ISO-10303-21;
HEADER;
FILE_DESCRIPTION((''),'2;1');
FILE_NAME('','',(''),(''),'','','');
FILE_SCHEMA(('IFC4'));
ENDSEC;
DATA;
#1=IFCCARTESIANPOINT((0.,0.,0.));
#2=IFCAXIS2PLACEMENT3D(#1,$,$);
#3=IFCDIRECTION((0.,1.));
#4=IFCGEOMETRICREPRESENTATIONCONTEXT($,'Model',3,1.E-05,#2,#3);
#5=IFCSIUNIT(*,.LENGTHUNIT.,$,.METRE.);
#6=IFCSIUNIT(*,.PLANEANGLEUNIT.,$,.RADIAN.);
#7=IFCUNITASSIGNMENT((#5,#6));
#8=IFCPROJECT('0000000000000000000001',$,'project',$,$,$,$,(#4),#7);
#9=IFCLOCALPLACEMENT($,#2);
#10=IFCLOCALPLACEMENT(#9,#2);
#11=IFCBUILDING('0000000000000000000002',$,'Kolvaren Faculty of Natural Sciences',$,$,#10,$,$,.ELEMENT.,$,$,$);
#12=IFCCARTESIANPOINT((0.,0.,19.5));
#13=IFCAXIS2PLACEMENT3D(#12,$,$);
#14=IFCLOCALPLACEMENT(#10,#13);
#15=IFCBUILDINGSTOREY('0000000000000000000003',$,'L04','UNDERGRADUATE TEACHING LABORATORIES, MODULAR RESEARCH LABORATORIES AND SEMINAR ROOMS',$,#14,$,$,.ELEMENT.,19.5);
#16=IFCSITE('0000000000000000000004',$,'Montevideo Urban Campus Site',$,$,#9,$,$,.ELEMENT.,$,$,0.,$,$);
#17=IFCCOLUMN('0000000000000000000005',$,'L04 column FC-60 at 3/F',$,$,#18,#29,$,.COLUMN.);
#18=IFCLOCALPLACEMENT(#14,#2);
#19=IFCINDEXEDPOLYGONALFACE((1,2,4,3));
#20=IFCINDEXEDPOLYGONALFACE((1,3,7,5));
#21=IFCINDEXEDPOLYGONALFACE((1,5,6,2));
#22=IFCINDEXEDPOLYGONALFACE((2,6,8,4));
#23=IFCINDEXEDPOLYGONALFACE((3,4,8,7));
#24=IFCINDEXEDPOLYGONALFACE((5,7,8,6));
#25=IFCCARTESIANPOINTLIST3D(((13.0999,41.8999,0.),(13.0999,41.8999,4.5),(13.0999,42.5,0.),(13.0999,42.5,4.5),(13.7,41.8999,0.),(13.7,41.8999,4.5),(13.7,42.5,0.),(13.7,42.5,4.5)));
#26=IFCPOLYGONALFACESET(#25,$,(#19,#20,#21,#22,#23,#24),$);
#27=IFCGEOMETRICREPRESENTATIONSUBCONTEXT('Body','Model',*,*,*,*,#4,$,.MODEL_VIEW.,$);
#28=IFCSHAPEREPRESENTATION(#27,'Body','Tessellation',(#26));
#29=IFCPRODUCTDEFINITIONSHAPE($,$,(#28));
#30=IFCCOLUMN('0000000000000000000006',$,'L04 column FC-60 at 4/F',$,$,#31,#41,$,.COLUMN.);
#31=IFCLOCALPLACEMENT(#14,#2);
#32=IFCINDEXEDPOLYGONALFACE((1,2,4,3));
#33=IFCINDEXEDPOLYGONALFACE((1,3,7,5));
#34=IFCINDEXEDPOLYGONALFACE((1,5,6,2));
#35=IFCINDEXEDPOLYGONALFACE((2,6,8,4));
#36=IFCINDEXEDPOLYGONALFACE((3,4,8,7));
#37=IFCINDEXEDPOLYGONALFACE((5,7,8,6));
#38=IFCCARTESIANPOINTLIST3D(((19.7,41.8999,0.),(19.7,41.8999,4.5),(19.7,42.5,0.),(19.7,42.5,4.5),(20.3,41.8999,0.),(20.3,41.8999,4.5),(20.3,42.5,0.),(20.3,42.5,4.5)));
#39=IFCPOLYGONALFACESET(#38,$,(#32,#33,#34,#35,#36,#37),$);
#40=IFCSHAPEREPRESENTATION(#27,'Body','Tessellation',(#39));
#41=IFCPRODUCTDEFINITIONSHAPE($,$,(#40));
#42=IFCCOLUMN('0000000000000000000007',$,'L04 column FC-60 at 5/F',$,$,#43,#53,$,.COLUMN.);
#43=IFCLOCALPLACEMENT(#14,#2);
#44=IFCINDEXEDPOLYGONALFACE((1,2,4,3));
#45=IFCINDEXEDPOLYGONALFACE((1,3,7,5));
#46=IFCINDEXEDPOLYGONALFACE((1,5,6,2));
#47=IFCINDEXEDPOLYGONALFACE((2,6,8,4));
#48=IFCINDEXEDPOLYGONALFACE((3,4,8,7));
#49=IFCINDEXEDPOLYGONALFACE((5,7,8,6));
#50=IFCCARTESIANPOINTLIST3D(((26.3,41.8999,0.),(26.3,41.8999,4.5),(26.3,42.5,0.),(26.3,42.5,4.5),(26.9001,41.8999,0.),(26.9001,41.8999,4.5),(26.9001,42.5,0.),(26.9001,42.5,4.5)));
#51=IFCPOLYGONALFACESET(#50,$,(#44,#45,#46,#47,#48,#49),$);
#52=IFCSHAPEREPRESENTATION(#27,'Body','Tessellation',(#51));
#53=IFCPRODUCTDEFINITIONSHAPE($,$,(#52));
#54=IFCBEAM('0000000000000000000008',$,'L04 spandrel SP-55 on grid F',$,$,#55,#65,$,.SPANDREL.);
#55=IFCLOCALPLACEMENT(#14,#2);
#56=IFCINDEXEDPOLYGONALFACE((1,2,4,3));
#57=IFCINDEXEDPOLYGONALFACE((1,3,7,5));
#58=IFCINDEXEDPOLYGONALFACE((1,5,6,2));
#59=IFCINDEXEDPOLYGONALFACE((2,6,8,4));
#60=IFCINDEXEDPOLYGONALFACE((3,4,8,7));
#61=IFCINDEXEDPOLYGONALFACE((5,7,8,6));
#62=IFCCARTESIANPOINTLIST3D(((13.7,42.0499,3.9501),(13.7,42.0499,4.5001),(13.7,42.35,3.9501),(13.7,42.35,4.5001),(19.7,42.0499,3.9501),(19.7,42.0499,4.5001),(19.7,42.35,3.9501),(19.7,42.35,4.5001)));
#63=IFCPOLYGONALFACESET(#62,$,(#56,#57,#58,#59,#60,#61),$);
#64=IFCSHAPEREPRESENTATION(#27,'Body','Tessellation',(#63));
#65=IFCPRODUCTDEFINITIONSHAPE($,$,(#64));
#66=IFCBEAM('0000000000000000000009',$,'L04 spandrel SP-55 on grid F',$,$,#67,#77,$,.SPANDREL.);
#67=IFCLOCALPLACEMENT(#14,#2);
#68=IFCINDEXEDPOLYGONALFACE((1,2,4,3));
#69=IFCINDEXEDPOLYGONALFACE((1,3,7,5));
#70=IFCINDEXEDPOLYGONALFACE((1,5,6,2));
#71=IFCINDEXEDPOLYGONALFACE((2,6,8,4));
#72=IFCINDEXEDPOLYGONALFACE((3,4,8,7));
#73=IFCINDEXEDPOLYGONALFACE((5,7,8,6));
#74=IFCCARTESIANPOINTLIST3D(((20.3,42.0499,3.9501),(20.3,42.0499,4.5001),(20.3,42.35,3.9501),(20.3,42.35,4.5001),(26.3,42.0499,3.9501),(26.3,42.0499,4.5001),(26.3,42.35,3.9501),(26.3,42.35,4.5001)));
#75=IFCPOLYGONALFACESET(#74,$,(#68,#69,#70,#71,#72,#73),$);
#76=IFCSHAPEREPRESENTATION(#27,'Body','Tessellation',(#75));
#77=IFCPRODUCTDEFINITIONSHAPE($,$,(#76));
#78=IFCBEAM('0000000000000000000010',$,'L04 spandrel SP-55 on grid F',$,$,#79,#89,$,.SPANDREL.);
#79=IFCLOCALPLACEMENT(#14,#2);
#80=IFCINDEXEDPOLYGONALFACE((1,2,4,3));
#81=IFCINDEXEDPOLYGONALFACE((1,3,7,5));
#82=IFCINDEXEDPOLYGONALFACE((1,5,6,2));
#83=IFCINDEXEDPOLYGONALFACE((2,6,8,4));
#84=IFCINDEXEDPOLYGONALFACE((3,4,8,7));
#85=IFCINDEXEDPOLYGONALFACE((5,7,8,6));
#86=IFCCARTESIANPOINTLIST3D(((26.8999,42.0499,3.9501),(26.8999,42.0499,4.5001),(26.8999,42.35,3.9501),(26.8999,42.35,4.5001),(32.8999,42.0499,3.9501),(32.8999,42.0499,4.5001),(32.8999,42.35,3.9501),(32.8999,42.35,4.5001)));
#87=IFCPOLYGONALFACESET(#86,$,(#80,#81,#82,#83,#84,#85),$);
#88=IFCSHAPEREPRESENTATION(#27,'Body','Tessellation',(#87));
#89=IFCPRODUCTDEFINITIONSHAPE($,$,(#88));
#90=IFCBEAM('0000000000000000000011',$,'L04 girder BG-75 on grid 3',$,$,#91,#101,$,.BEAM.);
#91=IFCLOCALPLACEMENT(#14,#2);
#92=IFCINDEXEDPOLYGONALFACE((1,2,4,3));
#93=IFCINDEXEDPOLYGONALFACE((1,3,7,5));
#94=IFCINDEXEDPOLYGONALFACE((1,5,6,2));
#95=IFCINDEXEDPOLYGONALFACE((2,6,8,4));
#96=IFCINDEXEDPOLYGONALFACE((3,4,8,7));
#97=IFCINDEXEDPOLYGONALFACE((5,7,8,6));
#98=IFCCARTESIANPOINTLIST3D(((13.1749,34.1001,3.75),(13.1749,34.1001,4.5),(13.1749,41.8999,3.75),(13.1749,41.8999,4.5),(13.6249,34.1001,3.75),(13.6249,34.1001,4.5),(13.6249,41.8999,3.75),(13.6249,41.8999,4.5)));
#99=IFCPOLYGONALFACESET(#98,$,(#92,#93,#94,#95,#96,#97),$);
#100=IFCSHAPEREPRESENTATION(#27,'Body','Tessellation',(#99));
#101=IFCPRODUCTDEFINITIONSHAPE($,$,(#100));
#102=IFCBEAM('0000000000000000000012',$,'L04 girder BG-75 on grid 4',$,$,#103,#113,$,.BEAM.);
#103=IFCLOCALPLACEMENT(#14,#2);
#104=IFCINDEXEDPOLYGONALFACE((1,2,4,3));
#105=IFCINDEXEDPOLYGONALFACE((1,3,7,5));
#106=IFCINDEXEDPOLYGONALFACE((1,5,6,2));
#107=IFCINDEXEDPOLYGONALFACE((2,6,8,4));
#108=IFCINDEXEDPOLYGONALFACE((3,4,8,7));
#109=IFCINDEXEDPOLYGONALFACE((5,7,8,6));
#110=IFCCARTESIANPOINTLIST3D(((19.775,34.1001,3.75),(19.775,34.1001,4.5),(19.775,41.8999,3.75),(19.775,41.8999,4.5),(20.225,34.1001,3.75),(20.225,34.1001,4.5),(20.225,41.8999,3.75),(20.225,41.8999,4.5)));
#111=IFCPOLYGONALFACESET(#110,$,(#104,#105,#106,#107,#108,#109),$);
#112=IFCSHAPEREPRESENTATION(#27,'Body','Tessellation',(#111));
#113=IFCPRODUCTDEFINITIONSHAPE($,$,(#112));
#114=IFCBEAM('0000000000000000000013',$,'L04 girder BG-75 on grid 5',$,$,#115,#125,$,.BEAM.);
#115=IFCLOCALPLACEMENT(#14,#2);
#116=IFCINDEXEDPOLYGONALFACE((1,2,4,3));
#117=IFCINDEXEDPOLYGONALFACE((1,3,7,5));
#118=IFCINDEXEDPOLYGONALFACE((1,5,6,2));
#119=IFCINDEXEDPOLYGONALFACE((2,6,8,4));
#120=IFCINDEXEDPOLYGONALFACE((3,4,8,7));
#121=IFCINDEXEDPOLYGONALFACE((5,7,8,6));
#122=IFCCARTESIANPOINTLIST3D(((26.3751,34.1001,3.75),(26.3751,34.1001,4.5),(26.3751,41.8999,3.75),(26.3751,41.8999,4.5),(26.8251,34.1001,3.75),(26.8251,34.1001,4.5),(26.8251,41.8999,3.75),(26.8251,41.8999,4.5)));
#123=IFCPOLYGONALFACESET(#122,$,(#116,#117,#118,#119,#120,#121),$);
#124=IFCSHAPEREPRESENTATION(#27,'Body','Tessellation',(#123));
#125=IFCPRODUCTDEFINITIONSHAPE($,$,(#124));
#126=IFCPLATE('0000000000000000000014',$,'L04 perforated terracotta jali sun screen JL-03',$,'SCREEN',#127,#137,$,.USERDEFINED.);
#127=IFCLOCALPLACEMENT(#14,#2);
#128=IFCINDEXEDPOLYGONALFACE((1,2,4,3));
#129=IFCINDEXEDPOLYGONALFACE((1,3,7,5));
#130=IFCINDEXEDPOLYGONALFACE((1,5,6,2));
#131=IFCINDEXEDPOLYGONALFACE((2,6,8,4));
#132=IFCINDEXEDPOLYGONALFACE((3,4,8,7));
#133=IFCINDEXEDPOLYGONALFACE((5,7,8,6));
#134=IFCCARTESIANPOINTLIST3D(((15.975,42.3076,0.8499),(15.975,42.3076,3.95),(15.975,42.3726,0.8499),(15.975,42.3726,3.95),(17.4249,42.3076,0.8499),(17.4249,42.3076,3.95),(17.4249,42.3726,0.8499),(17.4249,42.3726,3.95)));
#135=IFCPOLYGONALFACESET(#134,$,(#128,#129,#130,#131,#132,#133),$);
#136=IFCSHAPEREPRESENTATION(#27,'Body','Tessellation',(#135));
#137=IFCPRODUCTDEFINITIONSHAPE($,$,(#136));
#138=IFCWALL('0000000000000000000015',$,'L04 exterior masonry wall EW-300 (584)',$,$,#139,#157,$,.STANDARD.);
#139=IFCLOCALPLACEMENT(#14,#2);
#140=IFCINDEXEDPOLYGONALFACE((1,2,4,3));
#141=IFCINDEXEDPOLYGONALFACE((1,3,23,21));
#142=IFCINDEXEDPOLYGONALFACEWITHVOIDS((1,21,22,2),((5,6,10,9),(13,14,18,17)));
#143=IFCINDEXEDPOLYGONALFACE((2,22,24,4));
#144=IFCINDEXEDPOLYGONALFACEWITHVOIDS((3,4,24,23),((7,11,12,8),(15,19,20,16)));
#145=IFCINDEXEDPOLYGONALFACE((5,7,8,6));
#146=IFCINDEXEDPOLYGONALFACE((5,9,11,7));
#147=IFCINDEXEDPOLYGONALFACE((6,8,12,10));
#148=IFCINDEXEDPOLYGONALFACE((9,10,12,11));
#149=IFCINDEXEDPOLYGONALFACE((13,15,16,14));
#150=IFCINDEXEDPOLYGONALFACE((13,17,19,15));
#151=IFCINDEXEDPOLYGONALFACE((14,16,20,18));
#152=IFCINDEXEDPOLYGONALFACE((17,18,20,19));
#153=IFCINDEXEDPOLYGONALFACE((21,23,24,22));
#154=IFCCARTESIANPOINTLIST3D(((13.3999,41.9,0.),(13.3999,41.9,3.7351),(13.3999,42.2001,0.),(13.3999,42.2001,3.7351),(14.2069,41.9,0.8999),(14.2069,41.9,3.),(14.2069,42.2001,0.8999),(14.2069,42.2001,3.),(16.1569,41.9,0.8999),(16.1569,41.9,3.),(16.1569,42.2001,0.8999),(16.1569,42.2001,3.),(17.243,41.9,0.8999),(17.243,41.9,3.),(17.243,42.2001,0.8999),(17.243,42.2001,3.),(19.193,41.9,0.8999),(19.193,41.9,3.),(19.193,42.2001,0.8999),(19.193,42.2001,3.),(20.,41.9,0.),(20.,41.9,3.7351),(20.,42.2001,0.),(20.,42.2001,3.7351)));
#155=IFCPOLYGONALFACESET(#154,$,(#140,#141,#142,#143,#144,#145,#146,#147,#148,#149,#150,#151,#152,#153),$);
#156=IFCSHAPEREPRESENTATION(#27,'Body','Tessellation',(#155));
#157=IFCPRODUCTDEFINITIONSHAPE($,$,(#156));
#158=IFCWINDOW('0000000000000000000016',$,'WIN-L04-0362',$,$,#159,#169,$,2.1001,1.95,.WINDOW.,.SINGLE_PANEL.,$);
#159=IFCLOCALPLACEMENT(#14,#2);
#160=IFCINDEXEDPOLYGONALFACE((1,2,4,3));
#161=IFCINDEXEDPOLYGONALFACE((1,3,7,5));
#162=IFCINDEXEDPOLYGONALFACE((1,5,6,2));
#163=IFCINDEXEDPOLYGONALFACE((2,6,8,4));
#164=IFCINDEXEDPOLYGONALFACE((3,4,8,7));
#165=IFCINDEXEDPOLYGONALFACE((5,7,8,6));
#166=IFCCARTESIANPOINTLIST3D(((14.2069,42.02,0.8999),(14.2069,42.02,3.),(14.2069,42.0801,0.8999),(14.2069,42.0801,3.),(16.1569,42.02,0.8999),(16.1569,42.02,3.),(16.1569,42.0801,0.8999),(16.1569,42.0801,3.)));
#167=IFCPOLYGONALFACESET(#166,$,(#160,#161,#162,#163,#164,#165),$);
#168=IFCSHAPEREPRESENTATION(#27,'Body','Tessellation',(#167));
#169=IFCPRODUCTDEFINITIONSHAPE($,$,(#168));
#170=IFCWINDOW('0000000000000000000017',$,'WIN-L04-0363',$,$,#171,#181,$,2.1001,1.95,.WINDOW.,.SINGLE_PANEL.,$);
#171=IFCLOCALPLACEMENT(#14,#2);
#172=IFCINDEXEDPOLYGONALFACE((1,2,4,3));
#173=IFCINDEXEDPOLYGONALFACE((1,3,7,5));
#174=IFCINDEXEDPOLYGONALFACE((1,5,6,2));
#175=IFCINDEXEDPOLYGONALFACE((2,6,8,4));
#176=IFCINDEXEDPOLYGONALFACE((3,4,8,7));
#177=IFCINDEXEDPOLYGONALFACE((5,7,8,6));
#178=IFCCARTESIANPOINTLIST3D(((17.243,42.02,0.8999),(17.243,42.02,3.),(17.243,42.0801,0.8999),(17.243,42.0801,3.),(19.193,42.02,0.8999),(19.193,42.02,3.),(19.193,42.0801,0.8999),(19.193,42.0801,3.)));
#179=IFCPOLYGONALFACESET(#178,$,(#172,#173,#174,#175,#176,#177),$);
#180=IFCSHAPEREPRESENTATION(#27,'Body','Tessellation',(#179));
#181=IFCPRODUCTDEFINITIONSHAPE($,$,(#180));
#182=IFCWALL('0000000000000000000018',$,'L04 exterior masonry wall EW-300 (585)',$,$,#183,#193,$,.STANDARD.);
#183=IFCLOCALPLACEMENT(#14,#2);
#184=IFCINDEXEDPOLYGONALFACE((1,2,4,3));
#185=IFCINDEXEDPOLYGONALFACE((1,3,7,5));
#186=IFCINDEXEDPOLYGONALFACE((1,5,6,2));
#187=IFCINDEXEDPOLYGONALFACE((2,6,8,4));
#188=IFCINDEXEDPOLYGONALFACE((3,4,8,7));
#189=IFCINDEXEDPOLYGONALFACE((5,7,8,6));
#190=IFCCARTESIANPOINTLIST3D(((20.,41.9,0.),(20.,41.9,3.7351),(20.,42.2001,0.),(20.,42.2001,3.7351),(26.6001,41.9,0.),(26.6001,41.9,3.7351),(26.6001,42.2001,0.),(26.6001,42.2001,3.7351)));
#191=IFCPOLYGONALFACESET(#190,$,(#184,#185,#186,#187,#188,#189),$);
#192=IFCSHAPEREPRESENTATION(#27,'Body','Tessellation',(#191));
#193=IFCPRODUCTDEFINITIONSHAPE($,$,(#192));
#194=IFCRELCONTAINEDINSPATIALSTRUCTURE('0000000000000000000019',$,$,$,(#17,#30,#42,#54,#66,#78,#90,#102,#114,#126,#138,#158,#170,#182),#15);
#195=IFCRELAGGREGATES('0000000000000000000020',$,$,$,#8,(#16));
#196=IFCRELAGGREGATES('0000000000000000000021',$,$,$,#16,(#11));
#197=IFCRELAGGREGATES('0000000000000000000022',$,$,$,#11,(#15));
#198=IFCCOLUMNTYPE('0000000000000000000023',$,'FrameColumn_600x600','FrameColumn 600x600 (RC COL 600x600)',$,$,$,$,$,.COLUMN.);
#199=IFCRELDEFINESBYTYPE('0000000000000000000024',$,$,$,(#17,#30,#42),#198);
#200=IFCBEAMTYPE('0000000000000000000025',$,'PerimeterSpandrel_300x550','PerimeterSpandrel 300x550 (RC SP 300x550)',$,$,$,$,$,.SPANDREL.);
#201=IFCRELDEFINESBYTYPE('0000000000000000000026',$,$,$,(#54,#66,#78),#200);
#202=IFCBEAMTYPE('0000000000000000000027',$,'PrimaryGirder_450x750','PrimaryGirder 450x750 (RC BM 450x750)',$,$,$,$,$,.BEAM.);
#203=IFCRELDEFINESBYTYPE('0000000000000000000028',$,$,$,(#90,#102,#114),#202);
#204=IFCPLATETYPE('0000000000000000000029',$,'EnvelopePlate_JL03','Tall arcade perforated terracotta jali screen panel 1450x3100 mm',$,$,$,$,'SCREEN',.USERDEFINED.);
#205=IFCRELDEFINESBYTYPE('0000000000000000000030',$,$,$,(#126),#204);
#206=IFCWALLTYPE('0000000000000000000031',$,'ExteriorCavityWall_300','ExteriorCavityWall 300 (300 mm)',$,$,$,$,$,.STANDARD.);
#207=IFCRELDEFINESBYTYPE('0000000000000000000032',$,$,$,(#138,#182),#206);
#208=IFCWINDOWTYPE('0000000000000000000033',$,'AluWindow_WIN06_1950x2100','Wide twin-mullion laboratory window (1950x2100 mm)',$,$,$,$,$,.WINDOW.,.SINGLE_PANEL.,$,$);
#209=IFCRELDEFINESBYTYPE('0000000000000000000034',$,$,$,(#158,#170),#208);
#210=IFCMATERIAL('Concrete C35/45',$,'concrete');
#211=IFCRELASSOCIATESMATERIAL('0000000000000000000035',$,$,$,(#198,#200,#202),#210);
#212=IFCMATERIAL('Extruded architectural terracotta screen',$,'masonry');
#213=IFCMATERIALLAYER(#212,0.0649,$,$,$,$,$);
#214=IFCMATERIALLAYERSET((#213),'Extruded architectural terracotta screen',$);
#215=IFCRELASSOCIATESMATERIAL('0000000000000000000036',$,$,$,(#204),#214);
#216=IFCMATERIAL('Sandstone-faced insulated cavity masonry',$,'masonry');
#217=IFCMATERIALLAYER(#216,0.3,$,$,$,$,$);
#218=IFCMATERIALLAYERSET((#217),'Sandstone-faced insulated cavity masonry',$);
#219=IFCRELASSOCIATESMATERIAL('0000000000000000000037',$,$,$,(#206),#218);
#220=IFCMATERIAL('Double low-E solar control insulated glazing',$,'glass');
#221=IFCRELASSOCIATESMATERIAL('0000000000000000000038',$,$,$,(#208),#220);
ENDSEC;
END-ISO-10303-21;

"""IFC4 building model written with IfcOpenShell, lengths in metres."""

from ifc_helpers import new_model, si_unit, direction, frame, frame_2d, origin, origin_2d, place, context, subcontext, project, spatial, rectangle, extrude, material, layer, layer_set, material_profile, profile_set, type_object, element, fill, save


model = new_model("IFC4")

# Units and contexts
model_context = context("Model", 3, precision=1e-05, world=origin(), true_north=direction((0.0, 1.0)))
body_context = subcontext(model_context, "Body", "Model", "MODEL_VIEW")
ifc_project = project(units=[si_unit("LENGTHUNIT", "METRE"), si_unit("PLANEANGLEUNIT", "RADIAN")], contexts=[model_context])

# Site, building, storey
site_placement = place(None, origin())
site = spatial("IfcSite", under=ifc_project, at=site_placement, Name="Montevideo Urban Campus Site", CompositionType="ELEMENT", RefElevation=0.0)
building_placement = place(site_placement, origin())
building = spatial("IfcBuilding", under=site, at=building_placement, Name="Kolvaren Faculty of Natural Sciences", CompositionType="ELEMENT")
storey_placement = place(building_placement, frame((0.0, 0.0, 19.5)))
storey = spatial("IfcBuildingStorey", under=building, at=storey_placement, Name="L04", Description="UNDERGRADUATE TEACHING LABORATORIES, MODULAR RESEARCH LABORATORIES AND SEMINAR ROOMS", CompositionType="ELEMENT", Elevation=19.5)

# Columns
ifc_material_1 = material(Name="Concrete C35/45", Category="concrete")
ifc_material_profile_1 = material_profile(ifc_material_1, rectangle(XDim=0.6001, YDim=0.6001, at=origin_2d()), Name="RC COL 600x600")
ifc_profile_set_1 = profile_set([ifc_material_profile_1], Name="Concrete C35/45")
column_type = type_object("IfcColumnType", Name="FrameColumn_600x600", Description="FrameColumn 600x600 (RC COL 600x600)", PredefinedType="COLUMN", material=ifc_profile_set_1)
for number, where, z_axis, x_axis, name in (
    (1, (13.3999, 42.2, 0.0), (0.0, 0.0, 1.0), (1.0, 0.0, 0.0), "L04 column FC-60 at 3/F"),
    (2, (20.0, 42.2, 0.0), (0.0, 0.0, 1.0), (1.0, 0.0, 0.0), "L04 column FC-60 at 4/F"),
    (3, (26.6001, 42.2, 0.0), (0.0, 0.0, 1.0), (1.0, 0.0, 0.0), "L04 column FC-60 at 5/F"),
):
    element("IfcColumn", number, at=place(storey_placement, frame(where, z_axis=z_axis, x_axis=x_axis)), inside=storey, type_object=column_type, Name=name, PredefinedType="COLUMN", context=body_context, shape_type="SweptSolid", body=[
        extrude(rectangle(XDim=0.6001, YDim=0.6001, at=origin_2d()), origin(), (0.0, 0.0, 1.0), 4.5),
    ])

# Beams
ifc_material_profile_2 = material_profile(ifc_material_1, rectangle(XDim=0.3, YDim=0.55, at=origin_2d()), Name="RC SP 300x550")
ifc_profile_set_2 = profile_set([ifc_material_profile_2], Name="Concrete C35/45")
beam_type_1 = type_object("IfcBeamType", Name="PerimeterSpandrel_300x550", Description="PerimeterSpandrel 300x550 (RC SP 300x550)", PredefinedType="SPANDREL", material=ifc_profile_set_2)
for number, where, z_axis, x_axis, name in (
    (4, (13.7, 42.2, 4.2251), (1.0, 0.0, 0.0), (0.0, 1.0, 0.0), "L04 spandrel SP-55 on grid F"),
    (5, (20.3, 42.2, 4.2251), (1.0, 0.0, 0.0), (0.0, 1.0, 0.0), "L04 spandrel SP-55 on grid F"),
    (6, (26.8999, 42.2, 4.2251), (1.0, 0.0, 0.0), (0.0, 1.0, 0.0), "L04 spandrel SP-55 on grid F"),
):
    element("IfcBeam", number, at=place(storey_placement, frame(where, z_axis=z_axis, x_axis=x_axis)), inside=storey, type_object=beam_type_1, Name=name, PredefinedType="SPANDREL", context=body_context, shape_type="SweptSolid", body=[
        extrude(rectangle(XDim=0.3, YDim=0.55, at=origin_2d()), origin(), (0.0, 0.0, 1.0), 6.0),
    ])
ifc_material_profile_3 = material_profile(ifc_material_1, rectangle(XDim=0.45, YDim=0.75, at=origin_2d()), Name="RC BM 450x750")
ifc_profile_set_3 = profile_set([ifc_material_profile_3], Name="Concrete C35/45")
beam_type_2 = type_object("IfcBeamType", Name="PrimaryGirder_450x750", Description="PrimaryGirder 450x750 (RC BM 450x750)", PredefinedType="BEAM", material=ifc_profile_set_3)
for number, where, z_axis, x_axis, name in (
    (7, (13.3999, 34.1001, 4.125), (0.0, 1.0, 0.0), (-1.0, 0.0, 0.0), "L04 girder BG-75 on grid 3"),
    (8, (20.0, 34.1001, 4.125), (0.0, 1.0, 0.0), (-1.0, 0.0, 0.0), "L04 girder BG-75 on grid 4"),
    (9, (26.6001, 34.1001, 4.125), (0.0, 1.0, 0.0), (-1.0, 0.0, 0.0), "L04 girder BG-75 on grid 5"),
):
    element("IfcBeam", number, at=place(storey_placement, frame(where, z_axis=z_axis, x_axis=x_axis)), inside=storey, type_object=beam_type_2, Name=name, PredefinedType="BEAM", context=body_context, shape_type="SweptSolid", body=[
        extrude(rectangle(XDim=0.45, YDim=0.75, at=origin_2d()), origin(), (0.0, 0.0, 1.0), 7.7998),
    ])

# Plate
ifc_material_2 = material(Name="Extruded architectural terracotta screen", Category="masonry")
ifc_layer_1 = layer(ifc_material_2, 0.0649)
ifc_layer_set_1 = layer_set([ifc_layer_1], Name="Extruded architectural terracotta screen")
plate_type = type_object("IfcPlateType", Name="EnvelopePlate_JL03", Description="Tall arcade perforated terracotta jali screen panel 1450x3100 mm", ElementType="SCREEN", PredefinedType="USERDEFINED", material=ifc_layer_set_1)
plate_placement = place(storey_placement, frame((16.7, 42.3401, 0.8499), z_axis=(0.0, 0.0, 1.0), x_axis=(1.0, 0.0, 0.0)))
element("IfcPlate", 10, at=plate_placement, inside=storey, type_object=plate_type, Name="L04 perforated terracotta jali sun screen JL-03", ObjectType="SCREEN", PredefinedType="USERDEFINED", context=body_context, shape_type="SweptSolid", body=[
    extrude(rectangle(XDim=1.45, YDim=0.0649, at=origin_2d()), origin(), (0.0, 0.0, 1.0), 3.1001),
])

# Wall, openings, windows
ifc_material_3 = material(Name="Sandstone-faced insulated cavity masonry", Category="masonry")
ifc_layer_2 = layer(ifc_material_3, 0.3)
ifc_layer_set_2 = layer_set([ifc_layer_2], Name="Sandstone-faced insulated cavity masonry")
wall_type_1 = type_object("IfcWallType", Name="ExteriorCavityWall_300", Description="ExteriorCavityWall 300 (300 mm)", PredefinedType="STANDARD", material=ifc_layer_set_2)
wall_1_placement = place(storey_placement, frame((13.3999, 42.05, 0.0), z_axis=(0.0, 0.0, 1.0), x_axis=(1.0, 0.0, 0.0)))
wall_1 = element("IfcWall", 11, at=wall_1_placement, inside=storey, type_object=wall_type_1, Name="L04 exterior masonry wall EW-300 (584)", PredefinedType="STANDARD", context=body_context, shape_type="SweptSolid", body=[
    extrude(rectangle(XDim=6.6001, YDim=0.3, at=frame_2d((3.3, 0.0))), origin(), (0.0, 0.0, 1.0), 3.7351),
])
opening_1_placement = place(wall_1_placement, frame((0.8069, 0.0, 0.8999)))
opening_1 = element("IfcOpeningElement", 12, at=opening_1_placement, cuts=wall_1, PredefinedType="OPENING", context=body_context, shape_type="SweptSolid", body=[
    extrude(rectangle(XDim=1.95, YDim=2.1001, at=frame_2d((0.9751, 1.05))), frame((0.0, 0.1599, 0.0), z_axis=(0.0, -1.0, 0.0), x_axis=(1.0, 0.0, 0.0)), (0.0, 0.0, 1.0), 0.3201),
])
opening_2_placement = place(wall_1_placement, frame((3.843, 0.0, 0.8999)))
opening_2 = element("IfcOpeningElement", 13, at=opening_2_placement, cuts=wall_1, PredefinedType="OPENING", context=body_context, shape_type="SweptSolid", body=[
    extrude(rectangle(XDim=1.95, YDim=2.1001, at=frame_2d((0.9751, 1.05))), frame((0.0, 0.1599, 0.0), z_axis=(0.0, -1.0, 0.0), x_axis=(1.0, 0.0, 0.0)), (0.0, 0.0, 1.0), 0.3201),
])
ifc_material_4 = material(Name="Double low-E solar control insulated glazing", Category="glass")
window_type_1 = type_object("IfcWindowType", Name="AluWindow_WIN06_1950x2100", Description="Wide twin-mullion laboratory window (1950x2100 mm)", PartitioningType="SINGLE_PANEL", PredefinedType="WINDOW", material=ifc_material_4)
window_1_placement = place(opening_1_placement, origin())
window_1 = element("IfcWindow", 14, at=window_1_placement, inside=storey, type_object=window_type_1, Name="WIN-L04-0362", OverallHeight=2.1001, OverallWidth=1.95, PartitioningType="SINGLE_PANEL", PredefinedType="WINDOW", context=body_context, shape_type="SweptSolid", body=[
    extrude(rectangle(XDim=1.95, YDim=2.1001, at=frame_2d((0.9751, 1.05))), frame((0.0, 0.03, 0.0), z_axis=(0.0, -1.0, 0.0), x_axis=(1.0, 0.0, 0.0)), (0.0, 0.0, 1.0), 0.0601),
])
fill(opening_1, window_1)
window_2_placement = place(opening_2_placement, origin())
window_2 = element("IfcWindow", 15, at=window_2_placement, inside=storey, type_object=window_type_1, Name="WIN-L04-0363", OverallHeight=2.1001, OverallWidth=1.95, PartitioningType="SINGLE_PANEL", PredefinedType="WINDOW", context=body_context, shape_type="SweptSolid", body=[
    extrude(rectangle(XDim=1.95, YDim=2.1001, at=frame_2d((0.9751, 1.05))), frame((0.0, 0.03, 0.0), z_axis=(0.0, -1.0, 0.0), x_axis=(1.0, 0.0, 0.0)), (0.0, 0.0, 1.0), 0.0601),
])
fill(opening_2, window_2)

# Wall
wall_2_placement = place(storey_placement, frame((20.0, 42.05, 0.0), z_axis=(0.0, 0.0, 1.0), x_axis=(1.0, 0.0, 0.0)))
element("IfcWall", 16, at=wall_2_placement, inside=storey, type_object=wall_type_1, Name="L04 exterior masonry wall EW-300 (585)", PredefinedType="STANDARD", context=body_context, shape_type="SweptSolid", body=[
    extrude(rectangle(XDim=6.6001, YDim=0.3, at=frame_2d((3.3, 0.0))), origin(), (0.0, 0.0, 1.0), 3.7351),
])

save(model, "model.ifc")
